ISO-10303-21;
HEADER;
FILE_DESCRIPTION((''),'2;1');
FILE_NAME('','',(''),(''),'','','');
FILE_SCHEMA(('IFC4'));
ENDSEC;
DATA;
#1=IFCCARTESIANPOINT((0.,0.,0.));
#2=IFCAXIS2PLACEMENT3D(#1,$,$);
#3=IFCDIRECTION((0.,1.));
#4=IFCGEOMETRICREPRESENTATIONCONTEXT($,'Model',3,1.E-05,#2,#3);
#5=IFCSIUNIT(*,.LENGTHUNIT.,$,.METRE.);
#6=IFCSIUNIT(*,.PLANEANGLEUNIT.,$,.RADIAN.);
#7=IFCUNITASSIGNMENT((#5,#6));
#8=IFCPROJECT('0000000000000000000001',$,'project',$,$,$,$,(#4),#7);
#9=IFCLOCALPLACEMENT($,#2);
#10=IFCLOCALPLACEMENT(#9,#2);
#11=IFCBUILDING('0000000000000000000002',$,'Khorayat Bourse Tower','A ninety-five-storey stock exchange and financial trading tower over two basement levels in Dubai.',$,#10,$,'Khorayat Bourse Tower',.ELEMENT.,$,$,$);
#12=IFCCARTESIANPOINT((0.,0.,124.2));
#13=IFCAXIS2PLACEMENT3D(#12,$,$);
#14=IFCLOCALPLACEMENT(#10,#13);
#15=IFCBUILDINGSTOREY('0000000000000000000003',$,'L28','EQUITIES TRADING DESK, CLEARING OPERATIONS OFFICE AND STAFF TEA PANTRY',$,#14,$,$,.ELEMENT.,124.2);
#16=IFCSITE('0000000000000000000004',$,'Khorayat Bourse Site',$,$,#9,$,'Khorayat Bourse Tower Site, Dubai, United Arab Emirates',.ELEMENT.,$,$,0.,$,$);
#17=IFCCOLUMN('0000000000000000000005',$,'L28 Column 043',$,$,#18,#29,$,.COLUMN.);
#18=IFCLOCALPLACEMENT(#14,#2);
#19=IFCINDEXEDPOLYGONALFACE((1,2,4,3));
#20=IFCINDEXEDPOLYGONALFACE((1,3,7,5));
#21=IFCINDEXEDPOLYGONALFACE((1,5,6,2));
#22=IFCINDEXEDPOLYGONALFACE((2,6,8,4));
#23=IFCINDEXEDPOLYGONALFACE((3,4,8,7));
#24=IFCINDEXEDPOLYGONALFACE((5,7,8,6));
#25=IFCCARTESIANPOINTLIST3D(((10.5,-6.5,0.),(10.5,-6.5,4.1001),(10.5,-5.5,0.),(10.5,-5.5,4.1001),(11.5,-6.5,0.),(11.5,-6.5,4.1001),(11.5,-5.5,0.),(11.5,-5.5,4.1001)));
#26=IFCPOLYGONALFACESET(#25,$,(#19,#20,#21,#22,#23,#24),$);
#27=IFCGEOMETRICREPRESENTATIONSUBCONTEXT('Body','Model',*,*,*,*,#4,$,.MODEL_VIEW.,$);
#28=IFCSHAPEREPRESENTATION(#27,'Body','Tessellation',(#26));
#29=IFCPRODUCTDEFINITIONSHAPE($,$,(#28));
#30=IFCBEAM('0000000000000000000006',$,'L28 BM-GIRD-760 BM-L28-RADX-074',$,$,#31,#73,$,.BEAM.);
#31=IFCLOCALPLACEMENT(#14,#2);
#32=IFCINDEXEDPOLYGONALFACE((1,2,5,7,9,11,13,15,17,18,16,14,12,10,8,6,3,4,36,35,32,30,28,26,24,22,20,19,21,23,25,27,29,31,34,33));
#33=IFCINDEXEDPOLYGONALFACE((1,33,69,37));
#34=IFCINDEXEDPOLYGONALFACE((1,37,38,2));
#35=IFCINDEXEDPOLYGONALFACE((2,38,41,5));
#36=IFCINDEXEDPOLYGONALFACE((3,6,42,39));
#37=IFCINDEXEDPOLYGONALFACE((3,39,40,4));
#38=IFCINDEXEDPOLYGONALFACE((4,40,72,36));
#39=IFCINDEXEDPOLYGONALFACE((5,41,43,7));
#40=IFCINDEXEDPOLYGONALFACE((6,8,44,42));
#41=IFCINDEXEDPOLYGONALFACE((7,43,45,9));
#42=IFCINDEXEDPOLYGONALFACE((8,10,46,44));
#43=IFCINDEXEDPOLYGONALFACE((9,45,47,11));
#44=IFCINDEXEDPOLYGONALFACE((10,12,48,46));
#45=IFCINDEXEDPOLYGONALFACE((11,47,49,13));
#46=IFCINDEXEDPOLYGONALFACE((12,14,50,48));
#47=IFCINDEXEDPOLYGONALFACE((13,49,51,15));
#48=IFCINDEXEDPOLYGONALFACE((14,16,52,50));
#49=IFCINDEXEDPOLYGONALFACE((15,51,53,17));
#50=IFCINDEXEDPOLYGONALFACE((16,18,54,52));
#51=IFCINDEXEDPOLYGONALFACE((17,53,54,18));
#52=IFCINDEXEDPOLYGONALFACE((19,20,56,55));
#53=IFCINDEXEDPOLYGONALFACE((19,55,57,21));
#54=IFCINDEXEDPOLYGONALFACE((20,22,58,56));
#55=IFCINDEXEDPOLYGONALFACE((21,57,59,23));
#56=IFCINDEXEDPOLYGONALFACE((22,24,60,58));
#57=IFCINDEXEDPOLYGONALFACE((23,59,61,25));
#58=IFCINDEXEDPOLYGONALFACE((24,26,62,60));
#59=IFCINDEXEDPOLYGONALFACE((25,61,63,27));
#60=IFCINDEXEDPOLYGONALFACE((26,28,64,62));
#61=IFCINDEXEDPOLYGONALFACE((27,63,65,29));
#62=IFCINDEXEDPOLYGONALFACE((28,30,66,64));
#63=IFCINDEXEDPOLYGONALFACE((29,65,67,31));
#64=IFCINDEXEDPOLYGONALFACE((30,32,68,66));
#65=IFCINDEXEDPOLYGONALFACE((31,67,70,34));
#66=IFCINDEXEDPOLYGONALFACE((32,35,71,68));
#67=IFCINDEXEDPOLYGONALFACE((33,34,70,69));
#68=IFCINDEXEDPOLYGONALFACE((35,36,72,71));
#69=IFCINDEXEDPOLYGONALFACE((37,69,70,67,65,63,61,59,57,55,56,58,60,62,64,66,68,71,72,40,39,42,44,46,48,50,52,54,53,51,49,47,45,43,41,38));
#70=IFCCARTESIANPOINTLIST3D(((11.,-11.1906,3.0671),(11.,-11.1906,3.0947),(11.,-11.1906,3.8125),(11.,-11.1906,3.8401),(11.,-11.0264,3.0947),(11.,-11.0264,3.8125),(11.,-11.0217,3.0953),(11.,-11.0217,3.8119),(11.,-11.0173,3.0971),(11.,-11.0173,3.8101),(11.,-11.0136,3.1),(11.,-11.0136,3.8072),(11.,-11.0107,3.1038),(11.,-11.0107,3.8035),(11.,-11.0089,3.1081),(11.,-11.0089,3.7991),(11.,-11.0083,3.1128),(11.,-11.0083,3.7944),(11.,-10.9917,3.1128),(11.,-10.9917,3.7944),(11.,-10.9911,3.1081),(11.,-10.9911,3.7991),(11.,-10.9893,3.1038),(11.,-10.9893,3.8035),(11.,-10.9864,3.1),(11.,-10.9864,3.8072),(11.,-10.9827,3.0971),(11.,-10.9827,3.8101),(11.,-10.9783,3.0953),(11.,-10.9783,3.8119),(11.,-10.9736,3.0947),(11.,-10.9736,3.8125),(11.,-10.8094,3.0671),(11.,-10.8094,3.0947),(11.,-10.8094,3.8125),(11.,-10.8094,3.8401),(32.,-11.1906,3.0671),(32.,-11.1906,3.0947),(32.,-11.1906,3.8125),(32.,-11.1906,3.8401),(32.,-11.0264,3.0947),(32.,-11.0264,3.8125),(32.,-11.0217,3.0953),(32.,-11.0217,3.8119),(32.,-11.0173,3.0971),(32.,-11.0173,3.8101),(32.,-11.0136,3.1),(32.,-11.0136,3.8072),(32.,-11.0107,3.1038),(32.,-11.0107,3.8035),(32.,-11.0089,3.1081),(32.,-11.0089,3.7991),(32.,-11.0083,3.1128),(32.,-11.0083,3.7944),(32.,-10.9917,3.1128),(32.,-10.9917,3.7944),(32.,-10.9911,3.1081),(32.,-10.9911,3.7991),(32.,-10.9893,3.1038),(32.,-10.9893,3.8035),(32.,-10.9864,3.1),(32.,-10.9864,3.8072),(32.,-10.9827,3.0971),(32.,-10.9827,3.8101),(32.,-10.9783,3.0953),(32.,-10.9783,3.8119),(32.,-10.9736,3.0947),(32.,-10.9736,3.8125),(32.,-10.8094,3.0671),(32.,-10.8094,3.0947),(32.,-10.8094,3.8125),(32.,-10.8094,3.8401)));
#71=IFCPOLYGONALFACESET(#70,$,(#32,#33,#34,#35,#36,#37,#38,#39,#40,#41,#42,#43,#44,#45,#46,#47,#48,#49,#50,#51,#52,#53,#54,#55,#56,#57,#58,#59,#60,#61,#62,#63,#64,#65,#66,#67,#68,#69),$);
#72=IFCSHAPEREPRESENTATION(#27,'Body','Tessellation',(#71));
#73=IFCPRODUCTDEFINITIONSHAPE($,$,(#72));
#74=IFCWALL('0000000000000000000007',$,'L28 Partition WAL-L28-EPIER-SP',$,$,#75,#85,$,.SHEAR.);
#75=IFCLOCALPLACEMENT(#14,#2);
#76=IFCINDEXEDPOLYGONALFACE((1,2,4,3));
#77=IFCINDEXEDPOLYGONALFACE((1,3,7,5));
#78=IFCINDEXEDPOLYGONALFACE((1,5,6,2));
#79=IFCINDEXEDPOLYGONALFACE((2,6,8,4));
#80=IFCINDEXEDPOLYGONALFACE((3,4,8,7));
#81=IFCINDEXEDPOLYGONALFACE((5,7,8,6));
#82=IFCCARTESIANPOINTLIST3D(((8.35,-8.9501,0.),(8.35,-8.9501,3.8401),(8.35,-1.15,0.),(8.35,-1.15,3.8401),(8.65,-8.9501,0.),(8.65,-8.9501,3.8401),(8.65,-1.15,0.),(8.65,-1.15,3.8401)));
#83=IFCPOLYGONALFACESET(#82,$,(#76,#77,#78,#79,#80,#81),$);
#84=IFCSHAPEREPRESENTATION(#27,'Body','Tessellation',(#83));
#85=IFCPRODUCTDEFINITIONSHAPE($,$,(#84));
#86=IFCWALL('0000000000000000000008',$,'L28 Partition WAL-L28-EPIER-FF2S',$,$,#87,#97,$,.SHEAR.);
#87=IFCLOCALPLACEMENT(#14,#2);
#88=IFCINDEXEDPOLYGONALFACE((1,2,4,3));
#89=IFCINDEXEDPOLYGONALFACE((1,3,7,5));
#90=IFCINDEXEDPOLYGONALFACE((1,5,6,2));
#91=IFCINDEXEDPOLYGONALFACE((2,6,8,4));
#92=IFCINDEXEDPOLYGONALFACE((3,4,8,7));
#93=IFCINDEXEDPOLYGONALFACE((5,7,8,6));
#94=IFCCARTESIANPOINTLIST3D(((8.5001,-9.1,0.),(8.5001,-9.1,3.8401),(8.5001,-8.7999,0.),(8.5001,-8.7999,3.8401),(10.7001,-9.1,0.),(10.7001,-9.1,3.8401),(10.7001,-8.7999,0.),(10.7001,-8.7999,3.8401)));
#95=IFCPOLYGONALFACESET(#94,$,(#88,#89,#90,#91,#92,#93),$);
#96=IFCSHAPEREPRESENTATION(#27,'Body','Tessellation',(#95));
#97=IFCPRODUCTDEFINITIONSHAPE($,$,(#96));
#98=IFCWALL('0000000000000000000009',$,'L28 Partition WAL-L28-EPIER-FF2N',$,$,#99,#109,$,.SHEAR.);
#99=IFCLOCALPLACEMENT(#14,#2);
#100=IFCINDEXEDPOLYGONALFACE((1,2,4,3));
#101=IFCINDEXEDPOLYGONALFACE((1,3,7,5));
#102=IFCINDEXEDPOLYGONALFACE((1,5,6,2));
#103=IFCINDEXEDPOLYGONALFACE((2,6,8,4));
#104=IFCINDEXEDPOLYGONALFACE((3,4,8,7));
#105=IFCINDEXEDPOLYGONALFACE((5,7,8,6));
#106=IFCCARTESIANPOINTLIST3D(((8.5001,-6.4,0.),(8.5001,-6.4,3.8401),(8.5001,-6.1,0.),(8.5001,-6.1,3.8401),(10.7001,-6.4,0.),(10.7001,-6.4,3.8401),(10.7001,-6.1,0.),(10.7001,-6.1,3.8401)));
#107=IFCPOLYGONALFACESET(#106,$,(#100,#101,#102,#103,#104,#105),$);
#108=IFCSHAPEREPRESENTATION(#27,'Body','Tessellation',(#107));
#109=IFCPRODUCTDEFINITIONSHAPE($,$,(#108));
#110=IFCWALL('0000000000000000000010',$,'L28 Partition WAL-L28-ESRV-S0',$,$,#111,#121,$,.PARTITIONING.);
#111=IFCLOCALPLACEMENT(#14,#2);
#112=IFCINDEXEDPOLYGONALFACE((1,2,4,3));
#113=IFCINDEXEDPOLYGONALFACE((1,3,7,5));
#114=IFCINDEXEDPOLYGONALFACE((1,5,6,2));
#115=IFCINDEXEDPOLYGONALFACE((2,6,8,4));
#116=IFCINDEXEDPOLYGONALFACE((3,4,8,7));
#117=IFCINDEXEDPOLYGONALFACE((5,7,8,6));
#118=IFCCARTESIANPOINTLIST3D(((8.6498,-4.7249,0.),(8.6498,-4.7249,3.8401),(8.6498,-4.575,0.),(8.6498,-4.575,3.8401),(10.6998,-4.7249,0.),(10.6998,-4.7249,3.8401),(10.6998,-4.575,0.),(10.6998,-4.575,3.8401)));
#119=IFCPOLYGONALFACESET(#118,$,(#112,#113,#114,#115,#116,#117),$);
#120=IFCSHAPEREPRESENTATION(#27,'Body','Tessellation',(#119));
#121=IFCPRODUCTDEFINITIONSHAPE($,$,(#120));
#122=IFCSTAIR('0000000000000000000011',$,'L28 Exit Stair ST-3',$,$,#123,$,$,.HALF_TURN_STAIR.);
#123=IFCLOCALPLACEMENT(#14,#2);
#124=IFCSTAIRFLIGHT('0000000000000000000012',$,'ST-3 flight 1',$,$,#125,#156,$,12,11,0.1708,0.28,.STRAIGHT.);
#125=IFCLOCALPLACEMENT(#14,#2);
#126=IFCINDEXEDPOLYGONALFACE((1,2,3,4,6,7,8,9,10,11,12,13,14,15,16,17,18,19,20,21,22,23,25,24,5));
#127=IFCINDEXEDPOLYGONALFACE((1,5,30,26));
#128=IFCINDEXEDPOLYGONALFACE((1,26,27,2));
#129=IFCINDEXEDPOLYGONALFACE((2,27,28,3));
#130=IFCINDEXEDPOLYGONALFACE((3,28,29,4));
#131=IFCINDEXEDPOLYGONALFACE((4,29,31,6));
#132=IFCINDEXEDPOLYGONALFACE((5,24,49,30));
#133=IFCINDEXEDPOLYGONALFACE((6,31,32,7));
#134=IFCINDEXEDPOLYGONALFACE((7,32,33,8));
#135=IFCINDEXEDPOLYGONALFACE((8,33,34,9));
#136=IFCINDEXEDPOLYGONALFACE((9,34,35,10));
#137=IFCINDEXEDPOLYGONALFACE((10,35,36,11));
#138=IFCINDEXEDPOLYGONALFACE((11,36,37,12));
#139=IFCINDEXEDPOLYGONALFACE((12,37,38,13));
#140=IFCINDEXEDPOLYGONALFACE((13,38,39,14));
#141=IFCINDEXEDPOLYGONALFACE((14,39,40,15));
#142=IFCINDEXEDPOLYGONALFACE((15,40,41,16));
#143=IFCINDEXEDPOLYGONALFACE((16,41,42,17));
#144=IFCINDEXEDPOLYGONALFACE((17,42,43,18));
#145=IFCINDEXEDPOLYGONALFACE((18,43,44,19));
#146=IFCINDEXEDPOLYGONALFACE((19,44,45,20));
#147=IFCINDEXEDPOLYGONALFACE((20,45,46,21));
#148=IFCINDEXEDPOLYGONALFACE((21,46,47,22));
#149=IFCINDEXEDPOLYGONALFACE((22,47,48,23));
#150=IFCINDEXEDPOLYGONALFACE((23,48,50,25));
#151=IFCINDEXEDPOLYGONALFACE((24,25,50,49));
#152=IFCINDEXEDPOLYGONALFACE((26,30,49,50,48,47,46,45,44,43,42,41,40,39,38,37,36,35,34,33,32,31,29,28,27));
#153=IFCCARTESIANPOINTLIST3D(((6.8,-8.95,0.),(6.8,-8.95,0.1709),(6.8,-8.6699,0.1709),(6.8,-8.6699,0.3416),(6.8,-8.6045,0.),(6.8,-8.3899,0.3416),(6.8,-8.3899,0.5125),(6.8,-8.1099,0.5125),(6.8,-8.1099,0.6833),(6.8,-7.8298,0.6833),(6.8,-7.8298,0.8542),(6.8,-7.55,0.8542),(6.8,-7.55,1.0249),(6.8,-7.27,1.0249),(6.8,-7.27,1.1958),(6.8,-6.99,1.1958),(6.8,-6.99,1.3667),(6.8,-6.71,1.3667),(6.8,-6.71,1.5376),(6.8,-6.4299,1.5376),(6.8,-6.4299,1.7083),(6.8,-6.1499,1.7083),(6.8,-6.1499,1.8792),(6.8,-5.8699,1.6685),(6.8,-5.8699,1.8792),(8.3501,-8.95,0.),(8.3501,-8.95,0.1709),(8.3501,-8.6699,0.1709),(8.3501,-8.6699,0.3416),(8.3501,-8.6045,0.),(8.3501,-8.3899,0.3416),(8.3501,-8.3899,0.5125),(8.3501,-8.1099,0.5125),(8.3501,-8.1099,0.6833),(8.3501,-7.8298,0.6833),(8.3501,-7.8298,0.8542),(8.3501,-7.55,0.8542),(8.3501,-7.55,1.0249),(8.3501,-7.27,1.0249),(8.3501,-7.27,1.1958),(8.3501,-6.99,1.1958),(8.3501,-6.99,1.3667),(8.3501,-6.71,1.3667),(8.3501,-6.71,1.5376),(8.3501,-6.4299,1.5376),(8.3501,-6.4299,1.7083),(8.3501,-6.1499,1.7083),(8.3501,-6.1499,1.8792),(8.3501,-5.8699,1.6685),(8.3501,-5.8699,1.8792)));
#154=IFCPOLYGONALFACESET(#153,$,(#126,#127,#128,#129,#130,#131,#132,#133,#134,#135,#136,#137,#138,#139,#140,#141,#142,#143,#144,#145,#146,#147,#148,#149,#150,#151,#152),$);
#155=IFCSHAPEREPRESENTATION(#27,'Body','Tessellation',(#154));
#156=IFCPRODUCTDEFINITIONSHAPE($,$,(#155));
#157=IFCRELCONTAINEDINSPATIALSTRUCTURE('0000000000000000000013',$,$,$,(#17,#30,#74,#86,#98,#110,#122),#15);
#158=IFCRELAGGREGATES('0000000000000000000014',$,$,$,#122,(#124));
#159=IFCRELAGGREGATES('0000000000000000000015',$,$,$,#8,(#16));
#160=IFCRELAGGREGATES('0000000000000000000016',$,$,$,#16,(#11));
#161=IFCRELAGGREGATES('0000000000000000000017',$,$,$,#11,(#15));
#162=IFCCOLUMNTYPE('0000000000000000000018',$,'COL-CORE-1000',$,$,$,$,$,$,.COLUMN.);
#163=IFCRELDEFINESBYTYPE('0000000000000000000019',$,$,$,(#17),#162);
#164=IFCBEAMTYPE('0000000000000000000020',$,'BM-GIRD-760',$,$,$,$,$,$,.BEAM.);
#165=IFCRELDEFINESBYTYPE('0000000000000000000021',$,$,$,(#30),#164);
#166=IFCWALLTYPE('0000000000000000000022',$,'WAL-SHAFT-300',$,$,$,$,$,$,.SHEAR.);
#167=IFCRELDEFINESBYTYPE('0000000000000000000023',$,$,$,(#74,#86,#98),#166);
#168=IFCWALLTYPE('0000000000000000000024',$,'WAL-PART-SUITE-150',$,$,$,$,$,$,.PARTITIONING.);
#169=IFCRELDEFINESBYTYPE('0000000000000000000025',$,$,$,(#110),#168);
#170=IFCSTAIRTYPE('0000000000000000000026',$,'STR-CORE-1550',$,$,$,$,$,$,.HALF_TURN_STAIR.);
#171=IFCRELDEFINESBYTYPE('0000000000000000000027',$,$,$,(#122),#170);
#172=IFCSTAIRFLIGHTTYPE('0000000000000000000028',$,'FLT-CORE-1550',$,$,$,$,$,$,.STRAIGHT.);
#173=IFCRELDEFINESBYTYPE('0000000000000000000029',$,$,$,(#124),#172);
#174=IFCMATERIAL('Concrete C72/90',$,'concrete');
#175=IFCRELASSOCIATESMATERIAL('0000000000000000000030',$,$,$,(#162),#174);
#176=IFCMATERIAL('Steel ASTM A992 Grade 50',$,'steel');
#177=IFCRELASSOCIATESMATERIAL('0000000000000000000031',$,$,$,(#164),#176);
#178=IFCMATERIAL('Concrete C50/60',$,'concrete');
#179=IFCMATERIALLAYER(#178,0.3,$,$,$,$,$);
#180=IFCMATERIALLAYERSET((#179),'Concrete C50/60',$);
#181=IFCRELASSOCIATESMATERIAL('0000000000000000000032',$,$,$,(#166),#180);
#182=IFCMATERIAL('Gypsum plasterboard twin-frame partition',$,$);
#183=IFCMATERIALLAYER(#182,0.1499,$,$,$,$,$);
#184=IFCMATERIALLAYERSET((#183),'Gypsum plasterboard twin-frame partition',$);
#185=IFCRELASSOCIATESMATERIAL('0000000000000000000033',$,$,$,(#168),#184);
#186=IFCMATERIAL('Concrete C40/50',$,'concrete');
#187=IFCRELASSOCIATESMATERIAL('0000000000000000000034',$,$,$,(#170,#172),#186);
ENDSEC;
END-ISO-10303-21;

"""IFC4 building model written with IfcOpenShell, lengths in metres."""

from ifc_helpers import new_model, si_unit, direction, frame, frame_2d, origin, origin_2d, place, context, subcontext, project, spatial, polyline, rectangle, i_section, outline, extrude, source, transform, mapped, material, layer, layer_set, material_profile, profile_set, type_object, element, aggregate, save


model = new_model("IFC4")

# Units and contexts
model_context = context("Model", 3, precision=1e-05, world=origin(), true_north=direction((0.0, 1.0)))
body_context = subcontext(model_context, "Body", "Model", "MODEL_VIEW")
ifc_project = project(units=[si_unit("LENGTHUNIT", "METRE"), si_unit("PLANEANGLEUNIT", "RADIAN")], contexts=[model_context])

# Site, building, storey
site_placement = place(None, origin())
site = spatial("IfcSite", under=ifc_project, at=site_placement, Name="Khorayat Bourse Site", LongName="Khorayat Bourse Tower Site, Dubai, United Arab Emirates", CompositionType="ELEMENT", RefElevation=0.0)
building_placement = place(site_placement, origin())
building = spatial("IfcBuilding", under=site, at=building_placement, Name="Khorayat Bourse Tower", Description="A ninety-five-storey stock exchange and financial trading tower over two basement levels in Dubai.", LongName="Khorayat Bourse Tower", CompositionType="ELEMENT")
storey_placement = place(building_placement, frame((0.0, 0.0, 124.2)))
storey = spatial("IfcBuildingStorey", under=building, at=storey_placement, Name="L28", Description="EQUITIES TRADING DESK, CLEARING OPERATIONS OFFICE AND STAFF TEA PANTRY", CompositionType="ELEMENT", Elevation=124.2)

# Column
ifc_material_1 = material(Name="Concrete C72/90", Category="concrete")
ifc_material_profile_1 = material_profile(ifc_material_1, rectangle(XDim=1.0, YDim=1.0, at=origin_2d()), Name="RC 1000x1000")
ifc_profile_set_1 = profile_set([ifc_material_profile_1], Name="Concrete C72/90")
column_type = type_object("IfcColumnType", Name="COL-CORE-1000", PredefinedType="COLUMN", material=ifc_profile_set_1)
shared_shape_1 = source(origin(), body_context, "Body", "SweptSolid", [
    extrude(rectangle(XDim=1.0, YDim=1.0, at=origin_2d()), origin(), (0.0, 0.0, 1.0), 4.1001),
])
column_placement = place(storey_placement, frame((11.0, -6.0, 0.0), z_axis=(0.0, 0.0, 1.0), x_axis=(1.0, 0.0, 0.0)))
element("IfcColumn", 1, at=column_placement, inside=storey, type_object=column_type, Name="L28 Column 043", PredefinedType="COLUMN", context=body_context, shape_type="MappedRepresentation", body=[
    mapped(shared_shape_1, transform((0.0, 0.0, 0.0), scale=1.0)),
])

# Beam
ifc_material_2 = material(Name="Steel ASTM A992 Grade 50", Category="steel")
ifc_material_profile_2 = material_profile(ifc_material_2, i_section(OverallWidth=0.3811, OverallDepth=0.7729, WebThickness=0.0166, FlangeThickness=0.0276, FilletRadius=0.0181, at=origin_2d()), Name="W760X257")
ifc_profile_set_2 = profile_set([ifc_material_profile_2], Name="Steel ASTM A992 Grade 50")
beam_type = type_object("IfcBeamType", Name="BM-GIRD-760", PredefinedType="BEAM", material=ifc_profile_set_2)
shared_shape_2 = source(origin(), body_context, "Body", "SweptSolid", [
    extrude(i_section(OverallWidth=0.3811, OverallDepth=0.7729, WebThickness=0.0166, FlangeThickness=0.0276, FilletRadius=0.0181, at=origin_2d()), origin(), (0.0, 0.0, 1.0), 21.0),
])
beam_placement = place(storey_placement, frame((11.0, -11.0, 3.4536), z_axis=(1.0, 0.0, 0.0), x_axis=(0.0, 1.0, 0.0)))
element("IfcBeam", 2, at=beam_placement, inside=storey, type_object=beam_type, Name="L28 BM-GIRD-760 BM-L28-RADX-074", PredefinedType="BEAM", context=body_context, shape_type="MappedRepresentation", body=[
    mapped(shared_shape_2, transform((0.0, 0.0, 0.0), scale=1.0)),
])

# Walls
ifc_material_3 = material(Name="Concrete C50/60", Category="concrete")
ifc_layer_1 = layer(ifc_material_3, 0.3)
ifc_layer_set_1 = layer_set([ifc_layer_1], Name="Concrete C50/60")
wall_type_1 = type_object("IfcWallType", Name="WAL-SHAFT-300", PredefinedType="SHEAR", material=ifc_layer_set_1)
shared_shape_3 = source(origin(), body_context, "Body", "SweptSolid", [
    extrude(rectangle(XDim=7.8, YDim=0.3, at=frame_2d((3.8999, 0.0))), origin(), (0.0, 0.0, 1.0), 3.8401),
])
wall_1_placement = place(storey_placement, frame((8.5, -8.95, 0.0), z_axis=(0.0, 0.0, 1.0), x_axis=(0.0, 1.0, 0.0)))
element("IfcWall", 3, at=wall_1_placement, inside=storey, type_object=wall_type_1, Name="L28 Partition WAL-L28-EPIER-SP", PredefinedType="SHEAR", context=body_context, shape_type="MappedRepresentation", body=[
    mapped(shared_shape_3, transform((0.0, 0.0, 0.0), scale=1.0)),
])
shared_shape_4 = source(origin(), body_context, "Body", "SweptSolid", [
    extrude(rectangle(XDim=2.2, YDim=0.3, at=frame_2d((1.1001, 0.0))), origin(), (0.0, 0.0, 1.0), 3.8401),
])
for number, where, z_axis, x_axis, name in (
    (4, (8.5, -8.95, 0.0), (0.0, 0.0, 1.0), (1.0, 0.0, 0.0), "L28 Partition WAL-L28-EPIER-FF2S"),
    (5, (8.5, -6.25, 0.0), (0.0, 0.0, 1.0), (1.0, 0.0, 0.0), "L28 Partition WAL-L28-EPIER-FF2N"),
):
    element("IfcWall", number, at=place(storey_placement, frame(where, z_axis=z_axis, x_axis=x_axis)), inside=storey, type_object=wall_type_1, Name=name, PredefinedType="SHEAR", context=body_context, shape_type="MappedRepresentation", body=[
        mapped(shared_shape_4, transform((0.0, 0.0, 0.0), scale=1.0)),
    ])
ifc_material_4 = material(Name="Gypsum plasterboard twin-frame partition")
ifc_layer_2 = layer(ifc_material_4, 0.1499)
ifc_layer_set_2 = layer_set([ifc_layer_2], Name="Gypsum plasterboard twin-frame partition")
wall_type_2 = type_object("IfcWallType", Name="WAL-PART-SUITE-150", PredefinedType="PARTITIONING", material=ifc_layer_set_2)
shared_shape_5 = source(origin(), body_context, "Body", "SweptSolid", [
    extrude(rectangle(XDim=2.05, YDim=0.1499, at=frame_2d((1.0249, 0.0))), origin(), (0.0, 0.0, 1.0), 3.8401),
])
wall_2_placement = place(storey_placement, frame((8.6499, -4.6499, 0.0), z_axis=(0.0, 0.0, 1.0), x_axis=(1.0, 0.0, 0.0)))
element("IfcWall", 6, at=wall_2_placement, inside=storey, type_object=wall_type_2, Name="L28 Partition WAL-L28-ESRV-S0", PredefinedType="PARTITIONING", context=body_context, shape_type="MappedRepresentation", body=[
    mapped(shared_shape_5, transform((0.0, 0.0, 0.0), scale=1.0)),
])

# Stair, stair flight
ifc_material_5 = material(Name="Concrete C40/50", Category="concrete")
stair_type = type_object("IfcStairType", Name="STR-CORE-1550", PredefinedType="HALF_TURN_STAIR", material=ifc_material_5)
stair_placement = place(storey_placement, origin())
stair = element("IfcStair", 7, at=stair_placement, inside=storey, type_object=stair_type, Name="L28 Exit Stair ST-3", PredefinedType="HALF_TURN_STAIR")
stair_flight_type = type_object("IfcStairFlightType", Name="FLT-CORE-1550", PredefinedType="STRAIGHT", material=ifc_material_5)
shared_shape_6 = source(origin(), body_context, "Body", "SweptSolid", [
    extrude(outline(polyline([(0.0, 0.0), (0.0, 0.1709), (0.28, 0.1709), (0.28, 0.3416), (0.5601, 0.3416), (0.5601, 0.5125), (0.8401, 0.5125), (0.8401, 0.6833), (1.1201, 0.6833), (1.1201, 0.8542), (1.3999, 0.8542), (1.3999, 1.0249), (1.6799, 1.0249), (1.6799, 1.1958), (1.96, 1.1958), (1.96, 1.3667), (2.24, 1.3667), (2.24, 1.5376), (2.52, 1.5376), (2.52, 1.7083), (2.8, 1.7083), (2.8, 1.8792), (3.0801, 1.8792), (3.0801, 2.05), (3.0801, 1.6685), (0.3455, 0.0), (0.0, 0.0)])), frame((0.0, 0.7749, 0.0), z_axis=(0.0, -1.0, 0.0), x_axis=(1.0, 0.0, 0.0)), (0.0, 0.0, 1.0), 1.55),
])
stair_flight_placement = place(storey_placement, frame((7.575, -8.95, 0.0), z_axis=(0.0, 0.0, 1.0), x_axis=(0.0, 1.0, 0.0)))
stair_flight = element("IfcStairFlight", 8, at=stair_flight_placement, type_object=stair_flight_type, Name="ST-3 flight 1", NumberOfRisers=12, NumberOfTreads=11, PredefinedType="STRAIGHT", RiserHeight=0.1708, TreadLength=0.28, context=body_context, shape_type="MappedRepresentation", body=[
    mapped(shared_shape_6, transform((0.0, 0.0, 0.0), scale=1.0)),
])
aggregate(stair, [stair_flight])

save(model, "model.ifc")
